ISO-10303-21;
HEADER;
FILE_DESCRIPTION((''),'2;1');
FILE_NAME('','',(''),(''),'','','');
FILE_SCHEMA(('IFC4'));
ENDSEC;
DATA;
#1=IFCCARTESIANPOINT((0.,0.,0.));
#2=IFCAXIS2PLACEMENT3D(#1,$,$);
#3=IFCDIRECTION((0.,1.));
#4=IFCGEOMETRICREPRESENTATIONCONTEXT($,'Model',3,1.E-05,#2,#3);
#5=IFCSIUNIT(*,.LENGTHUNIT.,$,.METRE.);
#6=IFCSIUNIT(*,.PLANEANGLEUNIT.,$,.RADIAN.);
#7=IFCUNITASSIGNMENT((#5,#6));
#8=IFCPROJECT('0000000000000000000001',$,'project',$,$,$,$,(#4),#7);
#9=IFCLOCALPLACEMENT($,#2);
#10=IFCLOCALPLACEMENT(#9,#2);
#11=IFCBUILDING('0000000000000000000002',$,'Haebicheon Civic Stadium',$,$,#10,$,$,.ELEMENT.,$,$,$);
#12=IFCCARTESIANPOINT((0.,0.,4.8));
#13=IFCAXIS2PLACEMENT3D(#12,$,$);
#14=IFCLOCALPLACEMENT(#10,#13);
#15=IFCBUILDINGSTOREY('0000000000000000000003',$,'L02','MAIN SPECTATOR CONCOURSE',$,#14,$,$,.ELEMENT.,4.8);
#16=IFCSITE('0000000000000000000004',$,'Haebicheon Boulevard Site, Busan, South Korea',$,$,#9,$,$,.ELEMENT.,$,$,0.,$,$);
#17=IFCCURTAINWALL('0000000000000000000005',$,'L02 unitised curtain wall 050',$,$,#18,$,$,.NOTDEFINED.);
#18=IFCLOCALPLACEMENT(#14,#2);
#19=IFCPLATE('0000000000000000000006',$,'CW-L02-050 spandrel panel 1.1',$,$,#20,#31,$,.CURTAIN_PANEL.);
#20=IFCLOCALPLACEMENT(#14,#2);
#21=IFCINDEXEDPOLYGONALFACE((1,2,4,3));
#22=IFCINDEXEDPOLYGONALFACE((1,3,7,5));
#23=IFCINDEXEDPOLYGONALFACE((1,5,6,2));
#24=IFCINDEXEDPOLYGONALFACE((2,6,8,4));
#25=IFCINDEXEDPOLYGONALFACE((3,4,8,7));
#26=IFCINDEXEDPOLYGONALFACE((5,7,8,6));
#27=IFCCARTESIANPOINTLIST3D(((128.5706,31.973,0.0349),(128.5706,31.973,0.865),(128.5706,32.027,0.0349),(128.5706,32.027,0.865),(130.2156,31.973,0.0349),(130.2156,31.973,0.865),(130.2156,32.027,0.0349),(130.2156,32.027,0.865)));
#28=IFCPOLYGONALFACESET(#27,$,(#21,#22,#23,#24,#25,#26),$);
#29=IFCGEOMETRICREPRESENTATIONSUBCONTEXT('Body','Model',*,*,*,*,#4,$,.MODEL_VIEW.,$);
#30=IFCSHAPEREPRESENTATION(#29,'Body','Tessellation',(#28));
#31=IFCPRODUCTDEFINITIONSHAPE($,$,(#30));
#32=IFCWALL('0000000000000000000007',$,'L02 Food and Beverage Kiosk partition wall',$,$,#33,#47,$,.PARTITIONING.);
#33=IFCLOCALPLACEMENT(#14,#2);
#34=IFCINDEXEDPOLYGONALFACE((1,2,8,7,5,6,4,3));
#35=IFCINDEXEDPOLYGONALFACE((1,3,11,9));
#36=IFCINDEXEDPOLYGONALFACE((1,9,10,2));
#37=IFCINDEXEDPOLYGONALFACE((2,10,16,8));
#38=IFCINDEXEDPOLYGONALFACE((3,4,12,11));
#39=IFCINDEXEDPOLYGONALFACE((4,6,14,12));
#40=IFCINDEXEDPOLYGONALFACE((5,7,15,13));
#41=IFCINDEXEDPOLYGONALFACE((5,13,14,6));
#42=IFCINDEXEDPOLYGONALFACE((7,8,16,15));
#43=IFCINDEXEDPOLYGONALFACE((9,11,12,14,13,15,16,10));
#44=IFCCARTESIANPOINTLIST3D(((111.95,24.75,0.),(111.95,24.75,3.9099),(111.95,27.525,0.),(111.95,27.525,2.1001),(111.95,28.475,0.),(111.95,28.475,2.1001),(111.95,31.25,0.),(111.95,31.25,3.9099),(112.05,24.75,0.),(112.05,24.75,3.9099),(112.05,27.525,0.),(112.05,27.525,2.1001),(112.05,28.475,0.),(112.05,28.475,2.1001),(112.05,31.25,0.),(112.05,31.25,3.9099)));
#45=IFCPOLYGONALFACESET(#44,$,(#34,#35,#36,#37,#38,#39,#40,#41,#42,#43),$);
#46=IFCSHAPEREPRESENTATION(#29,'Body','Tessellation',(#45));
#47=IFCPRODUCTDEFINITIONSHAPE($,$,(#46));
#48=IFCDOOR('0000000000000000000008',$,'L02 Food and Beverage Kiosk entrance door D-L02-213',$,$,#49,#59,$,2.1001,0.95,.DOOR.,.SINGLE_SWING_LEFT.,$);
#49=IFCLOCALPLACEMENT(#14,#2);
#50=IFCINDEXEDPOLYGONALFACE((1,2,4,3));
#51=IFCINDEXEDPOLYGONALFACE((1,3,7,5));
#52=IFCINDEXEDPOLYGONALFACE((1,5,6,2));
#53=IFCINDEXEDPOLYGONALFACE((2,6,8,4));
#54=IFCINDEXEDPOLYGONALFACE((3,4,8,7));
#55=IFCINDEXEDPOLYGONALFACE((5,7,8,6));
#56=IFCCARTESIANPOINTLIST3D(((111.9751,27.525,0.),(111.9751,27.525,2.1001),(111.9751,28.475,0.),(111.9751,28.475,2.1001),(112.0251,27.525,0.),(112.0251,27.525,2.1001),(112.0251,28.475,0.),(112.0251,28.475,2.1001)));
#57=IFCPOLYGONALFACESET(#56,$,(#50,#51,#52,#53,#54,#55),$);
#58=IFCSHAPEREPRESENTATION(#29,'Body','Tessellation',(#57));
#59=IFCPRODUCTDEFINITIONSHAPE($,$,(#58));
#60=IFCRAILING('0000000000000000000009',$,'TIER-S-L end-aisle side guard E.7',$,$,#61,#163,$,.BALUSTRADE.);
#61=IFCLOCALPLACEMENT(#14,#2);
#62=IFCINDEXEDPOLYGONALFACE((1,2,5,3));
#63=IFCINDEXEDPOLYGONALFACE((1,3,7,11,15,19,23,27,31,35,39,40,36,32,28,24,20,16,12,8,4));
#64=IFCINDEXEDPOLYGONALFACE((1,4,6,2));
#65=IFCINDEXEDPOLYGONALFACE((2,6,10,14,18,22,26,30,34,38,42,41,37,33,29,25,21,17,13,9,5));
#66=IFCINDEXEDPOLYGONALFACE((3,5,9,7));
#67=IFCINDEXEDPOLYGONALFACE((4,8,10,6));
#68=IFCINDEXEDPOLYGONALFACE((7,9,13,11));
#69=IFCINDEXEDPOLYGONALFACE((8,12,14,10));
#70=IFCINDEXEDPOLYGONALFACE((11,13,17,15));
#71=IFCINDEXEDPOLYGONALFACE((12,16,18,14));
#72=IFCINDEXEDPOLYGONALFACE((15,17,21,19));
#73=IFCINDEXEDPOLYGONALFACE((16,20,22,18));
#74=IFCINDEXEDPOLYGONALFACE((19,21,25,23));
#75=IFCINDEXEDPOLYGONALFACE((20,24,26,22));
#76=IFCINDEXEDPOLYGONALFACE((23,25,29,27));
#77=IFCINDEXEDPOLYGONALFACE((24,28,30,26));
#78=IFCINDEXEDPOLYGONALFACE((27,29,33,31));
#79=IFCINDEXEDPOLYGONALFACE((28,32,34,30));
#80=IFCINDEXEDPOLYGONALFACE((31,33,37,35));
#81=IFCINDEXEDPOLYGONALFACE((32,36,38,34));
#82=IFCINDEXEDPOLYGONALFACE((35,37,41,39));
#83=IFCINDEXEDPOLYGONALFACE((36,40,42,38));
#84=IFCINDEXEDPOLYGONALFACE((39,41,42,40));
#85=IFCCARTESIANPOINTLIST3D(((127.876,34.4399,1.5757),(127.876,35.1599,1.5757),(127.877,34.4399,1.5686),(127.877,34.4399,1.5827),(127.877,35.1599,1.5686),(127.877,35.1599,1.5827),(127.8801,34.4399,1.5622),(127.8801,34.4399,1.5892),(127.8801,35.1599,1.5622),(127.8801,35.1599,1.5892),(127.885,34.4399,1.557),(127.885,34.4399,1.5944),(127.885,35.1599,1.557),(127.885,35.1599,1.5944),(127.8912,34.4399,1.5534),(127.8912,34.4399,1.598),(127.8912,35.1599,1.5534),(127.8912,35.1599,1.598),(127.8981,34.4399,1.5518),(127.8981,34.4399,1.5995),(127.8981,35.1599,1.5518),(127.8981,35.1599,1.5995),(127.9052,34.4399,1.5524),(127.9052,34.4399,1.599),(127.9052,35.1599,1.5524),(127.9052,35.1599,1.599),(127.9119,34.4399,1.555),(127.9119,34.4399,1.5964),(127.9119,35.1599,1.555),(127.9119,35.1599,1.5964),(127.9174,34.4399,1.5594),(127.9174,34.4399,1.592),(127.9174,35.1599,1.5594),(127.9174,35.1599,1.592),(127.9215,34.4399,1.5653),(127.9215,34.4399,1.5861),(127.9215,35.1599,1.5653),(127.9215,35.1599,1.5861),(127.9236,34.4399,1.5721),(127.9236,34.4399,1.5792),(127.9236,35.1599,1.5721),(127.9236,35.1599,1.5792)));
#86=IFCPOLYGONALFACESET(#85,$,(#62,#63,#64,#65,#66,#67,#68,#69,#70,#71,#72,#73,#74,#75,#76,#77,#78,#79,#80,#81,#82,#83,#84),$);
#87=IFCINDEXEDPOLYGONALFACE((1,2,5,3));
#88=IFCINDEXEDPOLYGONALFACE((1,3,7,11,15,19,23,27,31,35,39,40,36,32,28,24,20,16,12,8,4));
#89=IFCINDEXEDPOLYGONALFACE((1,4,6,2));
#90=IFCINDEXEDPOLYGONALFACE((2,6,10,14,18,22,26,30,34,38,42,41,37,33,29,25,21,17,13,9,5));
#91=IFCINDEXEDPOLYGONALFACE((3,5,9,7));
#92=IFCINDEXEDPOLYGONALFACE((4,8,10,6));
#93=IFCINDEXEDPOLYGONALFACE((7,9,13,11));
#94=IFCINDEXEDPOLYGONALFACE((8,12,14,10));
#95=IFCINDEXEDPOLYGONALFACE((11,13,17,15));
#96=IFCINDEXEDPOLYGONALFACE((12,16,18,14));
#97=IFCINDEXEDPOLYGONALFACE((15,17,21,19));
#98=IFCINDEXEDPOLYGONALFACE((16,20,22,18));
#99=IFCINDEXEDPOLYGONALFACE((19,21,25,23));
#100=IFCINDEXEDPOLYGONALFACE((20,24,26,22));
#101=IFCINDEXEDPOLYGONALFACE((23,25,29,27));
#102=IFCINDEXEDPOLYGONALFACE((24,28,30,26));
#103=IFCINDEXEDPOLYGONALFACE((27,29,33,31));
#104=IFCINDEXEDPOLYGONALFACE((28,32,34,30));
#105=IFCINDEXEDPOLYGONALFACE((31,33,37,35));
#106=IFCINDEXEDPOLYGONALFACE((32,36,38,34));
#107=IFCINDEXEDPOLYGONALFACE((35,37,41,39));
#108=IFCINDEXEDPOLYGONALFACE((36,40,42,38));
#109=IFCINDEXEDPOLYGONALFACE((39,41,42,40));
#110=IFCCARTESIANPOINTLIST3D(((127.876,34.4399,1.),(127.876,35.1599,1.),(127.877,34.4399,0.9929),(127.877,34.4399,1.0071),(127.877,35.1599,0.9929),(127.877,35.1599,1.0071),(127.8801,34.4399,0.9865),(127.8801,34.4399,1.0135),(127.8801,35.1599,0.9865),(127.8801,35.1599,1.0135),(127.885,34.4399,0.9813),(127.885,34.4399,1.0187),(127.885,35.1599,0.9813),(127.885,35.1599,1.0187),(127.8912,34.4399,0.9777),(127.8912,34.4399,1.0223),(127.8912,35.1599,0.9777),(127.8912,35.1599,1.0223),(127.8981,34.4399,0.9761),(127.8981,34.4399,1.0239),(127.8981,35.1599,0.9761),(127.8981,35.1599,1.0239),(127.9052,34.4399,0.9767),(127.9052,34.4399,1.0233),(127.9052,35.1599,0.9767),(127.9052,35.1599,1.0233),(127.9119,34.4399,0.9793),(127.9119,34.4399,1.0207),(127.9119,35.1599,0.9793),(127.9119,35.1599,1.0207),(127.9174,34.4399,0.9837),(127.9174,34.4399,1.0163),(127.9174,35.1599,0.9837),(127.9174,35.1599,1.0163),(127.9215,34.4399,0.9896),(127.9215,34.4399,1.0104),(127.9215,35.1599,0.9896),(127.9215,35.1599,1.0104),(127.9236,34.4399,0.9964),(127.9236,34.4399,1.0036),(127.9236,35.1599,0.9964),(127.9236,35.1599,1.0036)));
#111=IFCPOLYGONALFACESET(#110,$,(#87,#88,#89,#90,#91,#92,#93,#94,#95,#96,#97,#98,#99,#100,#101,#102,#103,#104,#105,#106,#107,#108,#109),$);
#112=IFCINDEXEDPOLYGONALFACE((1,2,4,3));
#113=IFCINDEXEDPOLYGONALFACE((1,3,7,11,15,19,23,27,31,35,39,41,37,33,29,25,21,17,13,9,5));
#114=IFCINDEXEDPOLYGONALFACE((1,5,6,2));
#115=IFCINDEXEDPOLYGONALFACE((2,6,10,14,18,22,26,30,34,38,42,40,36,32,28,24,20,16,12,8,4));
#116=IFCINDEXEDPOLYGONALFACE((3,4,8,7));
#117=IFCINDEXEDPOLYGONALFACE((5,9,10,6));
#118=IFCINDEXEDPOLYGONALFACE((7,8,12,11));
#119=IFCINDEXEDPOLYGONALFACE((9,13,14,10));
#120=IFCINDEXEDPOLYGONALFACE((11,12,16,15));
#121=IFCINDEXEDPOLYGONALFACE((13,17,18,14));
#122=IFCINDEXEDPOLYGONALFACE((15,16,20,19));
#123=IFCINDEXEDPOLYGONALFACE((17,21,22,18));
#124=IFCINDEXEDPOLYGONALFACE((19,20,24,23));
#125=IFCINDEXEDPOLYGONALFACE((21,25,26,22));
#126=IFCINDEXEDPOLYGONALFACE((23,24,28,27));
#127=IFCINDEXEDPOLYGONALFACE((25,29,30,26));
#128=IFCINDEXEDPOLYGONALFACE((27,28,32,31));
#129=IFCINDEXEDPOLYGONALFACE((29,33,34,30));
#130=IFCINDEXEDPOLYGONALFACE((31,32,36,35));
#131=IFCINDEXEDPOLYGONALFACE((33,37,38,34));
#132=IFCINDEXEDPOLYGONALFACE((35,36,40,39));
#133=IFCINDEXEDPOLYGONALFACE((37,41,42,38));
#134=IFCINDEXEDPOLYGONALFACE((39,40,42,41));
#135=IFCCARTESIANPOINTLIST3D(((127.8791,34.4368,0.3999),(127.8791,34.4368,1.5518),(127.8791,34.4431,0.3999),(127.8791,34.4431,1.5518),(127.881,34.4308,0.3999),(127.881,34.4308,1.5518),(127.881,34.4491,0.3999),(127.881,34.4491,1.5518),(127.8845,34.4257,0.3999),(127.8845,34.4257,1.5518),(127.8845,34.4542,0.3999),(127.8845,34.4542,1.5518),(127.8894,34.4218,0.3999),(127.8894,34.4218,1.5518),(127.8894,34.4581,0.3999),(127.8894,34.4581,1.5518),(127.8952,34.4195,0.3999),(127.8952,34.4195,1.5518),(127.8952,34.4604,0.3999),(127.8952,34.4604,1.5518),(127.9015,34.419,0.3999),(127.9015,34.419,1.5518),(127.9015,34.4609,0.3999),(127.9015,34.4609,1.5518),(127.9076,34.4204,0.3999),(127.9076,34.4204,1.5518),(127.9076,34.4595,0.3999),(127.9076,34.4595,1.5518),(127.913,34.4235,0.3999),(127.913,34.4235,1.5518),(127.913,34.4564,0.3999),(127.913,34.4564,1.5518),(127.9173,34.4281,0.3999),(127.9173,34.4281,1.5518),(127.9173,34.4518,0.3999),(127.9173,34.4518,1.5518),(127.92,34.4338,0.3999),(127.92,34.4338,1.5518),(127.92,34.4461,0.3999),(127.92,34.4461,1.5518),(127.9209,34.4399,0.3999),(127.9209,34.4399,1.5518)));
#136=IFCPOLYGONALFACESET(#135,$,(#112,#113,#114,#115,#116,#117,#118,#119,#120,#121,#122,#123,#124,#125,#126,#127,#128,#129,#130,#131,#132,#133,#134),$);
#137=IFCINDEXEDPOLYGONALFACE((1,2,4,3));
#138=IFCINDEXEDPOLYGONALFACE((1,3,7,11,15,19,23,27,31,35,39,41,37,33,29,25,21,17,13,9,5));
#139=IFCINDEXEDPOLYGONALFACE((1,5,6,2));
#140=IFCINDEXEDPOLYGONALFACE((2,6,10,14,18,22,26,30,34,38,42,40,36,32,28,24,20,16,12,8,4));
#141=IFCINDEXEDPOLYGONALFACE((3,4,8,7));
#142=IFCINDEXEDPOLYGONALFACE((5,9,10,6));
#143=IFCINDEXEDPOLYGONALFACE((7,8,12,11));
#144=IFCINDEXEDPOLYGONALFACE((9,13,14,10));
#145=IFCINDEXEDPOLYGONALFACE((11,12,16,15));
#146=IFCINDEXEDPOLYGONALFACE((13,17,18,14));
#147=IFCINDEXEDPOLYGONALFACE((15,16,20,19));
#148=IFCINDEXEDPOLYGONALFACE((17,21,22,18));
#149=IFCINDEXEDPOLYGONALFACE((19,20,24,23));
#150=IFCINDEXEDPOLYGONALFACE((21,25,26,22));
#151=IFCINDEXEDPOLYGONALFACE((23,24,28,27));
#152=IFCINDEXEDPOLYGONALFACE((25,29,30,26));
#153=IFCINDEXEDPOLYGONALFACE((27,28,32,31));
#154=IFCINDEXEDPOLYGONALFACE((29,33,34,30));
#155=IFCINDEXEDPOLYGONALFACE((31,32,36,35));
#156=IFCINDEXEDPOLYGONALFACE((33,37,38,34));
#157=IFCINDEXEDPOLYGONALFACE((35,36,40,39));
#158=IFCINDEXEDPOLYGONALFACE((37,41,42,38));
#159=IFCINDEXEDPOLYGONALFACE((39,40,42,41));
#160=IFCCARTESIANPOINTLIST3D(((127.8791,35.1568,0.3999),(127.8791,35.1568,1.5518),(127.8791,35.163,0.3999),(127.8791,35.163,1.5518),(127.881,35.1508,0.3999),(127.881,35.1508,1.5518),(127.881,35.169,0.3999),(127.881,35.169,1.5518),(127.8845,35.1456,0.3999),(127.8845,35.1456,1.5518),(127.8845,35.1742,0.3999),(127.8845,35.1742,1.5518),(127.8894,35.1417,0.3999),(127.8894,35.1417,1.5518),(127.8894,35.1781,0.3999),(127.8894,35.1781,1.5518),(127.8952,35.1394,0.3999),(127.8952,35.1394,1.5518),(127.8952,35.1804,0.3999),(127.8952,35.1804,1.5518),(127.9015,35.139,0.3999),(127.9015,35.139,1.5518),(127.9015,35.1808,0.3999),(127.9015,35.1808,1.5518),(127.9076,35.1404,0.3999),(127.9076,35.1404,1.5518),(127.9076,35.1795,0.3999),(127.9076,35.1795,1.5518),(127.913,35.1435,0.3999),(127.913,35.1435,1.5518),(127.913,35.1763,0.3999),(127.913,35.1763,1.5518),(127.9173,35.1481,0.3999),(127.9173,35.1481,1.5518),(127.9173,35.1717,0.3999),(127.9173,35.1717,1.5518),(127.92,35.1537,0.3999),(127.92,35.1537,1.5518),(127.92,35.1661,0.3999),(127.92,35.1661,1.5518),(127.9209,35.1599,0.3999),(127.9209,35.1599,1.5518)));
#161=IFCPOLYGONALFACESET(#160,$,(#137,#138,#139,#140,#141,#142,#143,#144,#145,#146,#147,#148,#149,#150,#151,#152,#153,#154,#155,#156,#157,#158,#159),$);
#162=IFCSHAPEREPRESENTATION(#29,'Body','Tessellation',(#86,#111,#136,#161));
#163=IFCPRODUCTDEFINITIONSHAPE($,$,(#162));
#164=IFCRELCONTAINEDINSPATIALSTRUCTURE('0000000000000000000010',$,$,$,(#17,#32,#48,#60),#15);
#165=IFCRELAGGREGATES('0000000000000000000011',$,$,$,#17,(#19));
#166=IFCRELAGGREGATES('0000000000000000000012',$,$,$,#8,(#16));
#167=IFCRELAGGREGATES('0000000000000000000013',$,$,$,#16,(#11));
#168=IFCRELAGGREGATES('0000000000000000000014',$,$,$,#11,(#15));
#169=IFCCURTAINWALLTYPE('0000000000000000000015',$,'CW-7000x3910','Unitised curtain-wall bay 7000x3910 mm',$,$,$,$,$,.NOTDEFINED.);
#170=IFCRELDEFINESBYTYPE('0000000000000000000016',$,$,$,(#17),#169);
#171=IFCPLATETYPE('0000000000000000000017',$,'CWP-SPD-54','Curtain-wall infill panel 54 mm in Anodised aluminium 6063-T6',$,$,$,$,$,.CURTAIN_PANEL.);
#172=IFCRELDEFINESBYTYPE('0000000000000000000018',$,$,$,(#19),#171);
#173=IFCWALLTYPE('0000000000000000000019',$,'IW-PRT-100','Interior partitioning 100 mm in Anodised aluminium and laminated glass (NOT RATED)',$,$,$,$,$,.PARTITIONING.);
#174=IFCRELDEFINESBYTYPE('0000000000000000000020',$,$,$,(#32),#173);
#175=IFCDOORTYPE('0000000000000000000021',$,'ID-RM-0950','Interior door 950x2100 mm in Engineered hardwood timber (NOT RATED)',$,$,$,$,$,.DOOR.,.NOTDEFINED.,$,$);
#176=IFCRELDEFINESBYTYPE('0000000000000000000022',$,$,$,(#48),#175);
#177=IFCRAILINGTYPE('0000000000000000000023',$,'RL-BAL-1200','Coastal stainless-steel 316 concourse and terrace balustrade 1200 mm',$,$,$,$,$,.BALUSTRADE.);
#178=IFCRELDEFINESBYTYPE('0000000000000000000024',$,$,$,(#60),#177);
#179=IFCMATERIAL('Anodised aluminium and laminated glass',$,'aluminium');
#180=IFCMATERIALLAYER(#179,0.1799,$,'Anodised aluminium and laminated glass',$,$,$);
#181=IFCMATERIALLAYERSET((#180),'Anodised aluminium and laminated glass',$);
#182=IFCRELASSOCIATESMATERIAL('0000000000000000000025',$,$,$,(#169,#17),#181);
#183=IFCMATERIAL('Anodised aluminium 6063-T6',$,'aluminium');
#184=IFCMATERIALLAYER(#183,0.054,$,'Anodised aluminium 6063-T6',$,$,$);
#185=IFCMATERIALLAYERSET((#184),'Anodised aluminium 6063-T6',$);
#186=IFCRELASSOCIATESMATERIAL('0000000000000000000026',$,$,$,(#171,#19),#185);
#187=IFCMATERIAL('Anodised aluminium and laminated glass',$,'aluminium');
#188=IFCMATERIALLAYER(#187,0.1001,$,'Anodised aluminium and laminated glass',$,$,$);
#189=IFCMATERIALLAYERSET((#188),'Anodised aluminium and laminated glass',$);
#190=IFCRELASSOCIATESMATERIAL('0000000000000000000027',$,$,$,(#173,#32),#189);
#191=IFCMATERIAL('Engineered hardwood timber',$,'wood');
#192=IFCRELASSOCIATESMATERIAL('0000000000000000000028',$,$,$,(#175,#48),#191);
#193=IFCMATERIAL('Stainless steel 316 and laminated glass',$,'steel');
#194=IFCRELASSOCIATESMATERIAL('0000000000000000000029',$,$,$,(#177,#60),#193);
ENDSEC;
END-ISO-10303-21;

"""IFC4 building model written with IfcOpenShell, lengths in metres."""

from ifc_helpers import new_model, si_unit, direction, frame, frame_2d, origin, origin_2d, place, context, subcontext, project, spatial, rectangle, circle, extrude, material, layer, layer_set, type_object, element, fill, aggregate, save


model = new_model("IFC4")

# Units and contexts
model_context = context("Model", 3, precision=1e-05, world=origin(), true_north=direction((0.0, 1.0)))
body_context = subcontext(model_context, "Body", "Model", "MODEL_VIEW")
ifc_project = project(units=[si_unit("LENGTHUNIT", "METRE"), si_unit("PLANEANGLEUNIT", "RADIAN")], contexts=[model_context])

# Site, building, storey
site_placement = place(None, origin())
site = spatial("IfcSite", under=ifc_project, at=site_placement, Name="Haebicheon Boulevard Site, Busan, South Korea", CompositionType="ELEMENT", RefElevation=0.0)
building_placement = place(site_placement, origin())
building = spatial("IfcBuilding", under=site, at=building_placement, Name="Haebicheon Civic Stadium", CompositionType="ELEMENT")
storey_placement = place(building_placement, frame((0.0, 0.0, 4.8)))
storey = spatial("IfcBuildingStorey", under=building, at=storey_placement, Name="L02", Description="MAIN SPECTATOR CONCOURSE", CompositionType="ELEMENT", Elevation=4.8)

# Curtain wall
ifc_material_1 = material(Name="Anodised aluminium and laminated glass", Category="aluminium")
ifc_layer_1 = layer(ifc_material_1, 0.1799, Name="Anodised aluminium and laminated glass")
ifc_layer_set_1 = layer_set([ifc_layer_1], Name="Anodised aluminium and laminated glass")
curtain_wall_type = type_object("IfcCurtainWallType", Name="CW-7000x3910", Description="Unitised curtain-wall bay 7000x3910 mm", PredefinedType="NOTDEFINED", material=ifc_layer_set_1)
curtain_wall_placement = place(storey_placement, origin())
curtain_wall = element("IfcCurtainWall", 1, at=curtain_wall_placement, inside=storey, type_object=curtain_wall_type, material=ifc_layer_set_1, Name="L02 unitised curtain wall 050", PredefinedType="NOTDEFINED")

# Plate
ifc_material_2 = material(Name="Anodised aluminium 6063-T6", Category="aluminium")
ifc_layer_2 = layer(ifc_material_2, 0.054, Name="Anodised aluminium 6063-T6")
ifc_layer_set_2 = layer_set([ifc_layer_2], Name="Anodised aluminium 6063-T6")
plate_type_1 = type_object("IfcPlateType", Name="CWP-SPD-54", Description="Curtain-wall infill panel 54 mm in Anodised aluminium 6063-T6", PredefinedType="CURTAIN_PANEL", material=ifc_layer_set_2)
plate_1_placement = place(storey_placement, frame((129.3931, 32.0, 0.0349), z_axis=(0.0, 0.0, 1.0), x_axis=(1.0, 0.0, 0.0)))
plate_1 = element("IfcPlate", 2, at=plate_1_placement, type_object=plate_type_1, material=ifc_layer_set_2, Name="CW-L02-050 spandrel panel 1.1", PredefinedType="CURTAIN_PANEL", context=body_context, shape_type="SweptSolid", body=[
    extrude(rectangle(XDim=1.645, YDim=0.054, at=origin_2d()), origin(), (0.0, 0.0, 1.0), 0.8301),
])
aggregate(curtain_wall, [plate_1])

# Wall, opening, door
ifc_material_3 = material(Name="Anodised aluminium and laminated glass", Category="aluminium")
ifc_layer_3 = layer(ifc_material_3, 0.1001, Name="Anodised aluminium and laminated glass")
ifc_layer_set_3 = layer_set([ifc_layer_3], Name="Anodised aluminium and laminated glass")
wall_type = type_object("IfcWallType", Name="IW-PRT-100", Description="Interior partitioning 100 mm in Anodised aluminium and laminated glass (NOT RATED)", PredefinedType="PARTITIONING", material=ifc_layer_set_3)
wall_placement = place(storey_placement, frame((112.0, 24.75, 0.0), z_axis=(0.0, 0.0, 1.0), x_axis=(0.0, 1.0, 0.0)))
wall = element("IfcWall", 3, at=wall_placement, inside=storey, type_object=wall_type, material=ifc_layer_set_3, Name="L02 Food and Beverage Kiosk partition wall", PredefinedType="PARTITIONING", context=body_context, shape_type="SweptSolid", body=[
    extrude(rectangle(XDim=6.5, YDim=0.1001, at=frame_2d((3.25, 0.0))), origin(), (0.0, 0.0, 1.0), 3.9099),
])
opening_placement = place(wall_placement, frame((2.7749, 0.0, 0.0)))
opening = element("IfcOpeningElement", 4, at=opening_placement, cuts=wall, PredefinedType="OPENING", context=body_context, shape_type="SweptSolid", body=[
    extrude(rectangle(XDim=0.95, YDim=2.1001, at=frame_2d((0.4751, 1.05))), frame((0.0, 0.0601, 0.0), z_axis=(0.0, -1.0, 0.0), x_axis=(1.0, 0.0, 0.0)), (0.0, 0.0, 1.0), 0.1201),
])
ifc_material_4 = material(Name="Engineered hardwood timber", Category="wood")
door_type = type_object("IfcDoorType", Name="ID-RM-0950", Description="Interior door 950x2100 mm in Engineered hardwood timber (NOT RATED)", OperationType="NOTDEFINED", PredefinedType="DOOR", material=ifc_material_4)
door_placement = place(opening_placement, origin())
door = element("IfcDoor", 5, at=door_placement, inside=storey, type_object=door_type, material=ifc_material_4, Name="L02 Food and Beverage Kiosk entrance door D-L02-213", OperationType="SINGLE_SWING_LEFT", OverallHeight=2.1001, OverallWidth=0.95, PredefinedType="DOOR", context=body_context, shape_type="SweptSolid", body=[
    extrude(rectangle(XDim=0.95, YDim=2.1001, at=frame_2d((0.4751, 1.05))), frame((0.0, 0.0249, 0.0), z_axis=(0.0, -1.0, 0.0), x_axis=(1.0, 0.0, 0.0)), (0.0, 0.0, 1.0), 0.05),
])
fill(opening, door)

# Railing
ifc_material_5 = material(Name="Stainless steel 316 and laminated glass", Category="steel")
railing_type = type_object("IfcRailingType", Name="RL-BAL-1200", Description="Coastal stainless-steel 316 concourse and terrace balustrade 1200 mm", PredefinedType="BALUSTRADE", material=ifc_material_5)
railing_1_placement = place(storey_placement, frame((127.8999, 34.4399, 0.3999)))
element("IfcRailing", 6, at=railing_1_placement, inside=storey, type_object=railing_type, material=ifc_material_5, Name="TIER-S-L end-aisle side guard E.7", PredefinedType="BALUSTRADE", context=body_context, shape_type="SweptSolid", body=[
    extrude(circle(Radius=0.0239, at=origin_2d()), frame((0.0, 0.0, 1.1758), z_axis=(0.0, 1.0, 0.0), x_axis=(-1.0, 0.0, 0.0)), (0.0, 0.0, 1.0), 0.72),
    extrude(circle(Radius=0.0239, at=origin_2d()), frame((0.0, 0.0, 0.6001), z_axis=(0.0, 1.0, 0.0), x_axis=(-1.0, 0.0, 0.0)), (0.0, 0.0, 1.0), 0.72),
    extrude(circle(Radius=0.021, at=origin_2d()), origin(), (0.0, 0.0, 1.0), 1.1519),
    extrude(circle(Radius=0.021, at=origin_2d()), frame((0.0, 0.72, 0.0)), (0.0, 0.0, 1.0), 1.1519),
])

save(model, "model.ifc")
